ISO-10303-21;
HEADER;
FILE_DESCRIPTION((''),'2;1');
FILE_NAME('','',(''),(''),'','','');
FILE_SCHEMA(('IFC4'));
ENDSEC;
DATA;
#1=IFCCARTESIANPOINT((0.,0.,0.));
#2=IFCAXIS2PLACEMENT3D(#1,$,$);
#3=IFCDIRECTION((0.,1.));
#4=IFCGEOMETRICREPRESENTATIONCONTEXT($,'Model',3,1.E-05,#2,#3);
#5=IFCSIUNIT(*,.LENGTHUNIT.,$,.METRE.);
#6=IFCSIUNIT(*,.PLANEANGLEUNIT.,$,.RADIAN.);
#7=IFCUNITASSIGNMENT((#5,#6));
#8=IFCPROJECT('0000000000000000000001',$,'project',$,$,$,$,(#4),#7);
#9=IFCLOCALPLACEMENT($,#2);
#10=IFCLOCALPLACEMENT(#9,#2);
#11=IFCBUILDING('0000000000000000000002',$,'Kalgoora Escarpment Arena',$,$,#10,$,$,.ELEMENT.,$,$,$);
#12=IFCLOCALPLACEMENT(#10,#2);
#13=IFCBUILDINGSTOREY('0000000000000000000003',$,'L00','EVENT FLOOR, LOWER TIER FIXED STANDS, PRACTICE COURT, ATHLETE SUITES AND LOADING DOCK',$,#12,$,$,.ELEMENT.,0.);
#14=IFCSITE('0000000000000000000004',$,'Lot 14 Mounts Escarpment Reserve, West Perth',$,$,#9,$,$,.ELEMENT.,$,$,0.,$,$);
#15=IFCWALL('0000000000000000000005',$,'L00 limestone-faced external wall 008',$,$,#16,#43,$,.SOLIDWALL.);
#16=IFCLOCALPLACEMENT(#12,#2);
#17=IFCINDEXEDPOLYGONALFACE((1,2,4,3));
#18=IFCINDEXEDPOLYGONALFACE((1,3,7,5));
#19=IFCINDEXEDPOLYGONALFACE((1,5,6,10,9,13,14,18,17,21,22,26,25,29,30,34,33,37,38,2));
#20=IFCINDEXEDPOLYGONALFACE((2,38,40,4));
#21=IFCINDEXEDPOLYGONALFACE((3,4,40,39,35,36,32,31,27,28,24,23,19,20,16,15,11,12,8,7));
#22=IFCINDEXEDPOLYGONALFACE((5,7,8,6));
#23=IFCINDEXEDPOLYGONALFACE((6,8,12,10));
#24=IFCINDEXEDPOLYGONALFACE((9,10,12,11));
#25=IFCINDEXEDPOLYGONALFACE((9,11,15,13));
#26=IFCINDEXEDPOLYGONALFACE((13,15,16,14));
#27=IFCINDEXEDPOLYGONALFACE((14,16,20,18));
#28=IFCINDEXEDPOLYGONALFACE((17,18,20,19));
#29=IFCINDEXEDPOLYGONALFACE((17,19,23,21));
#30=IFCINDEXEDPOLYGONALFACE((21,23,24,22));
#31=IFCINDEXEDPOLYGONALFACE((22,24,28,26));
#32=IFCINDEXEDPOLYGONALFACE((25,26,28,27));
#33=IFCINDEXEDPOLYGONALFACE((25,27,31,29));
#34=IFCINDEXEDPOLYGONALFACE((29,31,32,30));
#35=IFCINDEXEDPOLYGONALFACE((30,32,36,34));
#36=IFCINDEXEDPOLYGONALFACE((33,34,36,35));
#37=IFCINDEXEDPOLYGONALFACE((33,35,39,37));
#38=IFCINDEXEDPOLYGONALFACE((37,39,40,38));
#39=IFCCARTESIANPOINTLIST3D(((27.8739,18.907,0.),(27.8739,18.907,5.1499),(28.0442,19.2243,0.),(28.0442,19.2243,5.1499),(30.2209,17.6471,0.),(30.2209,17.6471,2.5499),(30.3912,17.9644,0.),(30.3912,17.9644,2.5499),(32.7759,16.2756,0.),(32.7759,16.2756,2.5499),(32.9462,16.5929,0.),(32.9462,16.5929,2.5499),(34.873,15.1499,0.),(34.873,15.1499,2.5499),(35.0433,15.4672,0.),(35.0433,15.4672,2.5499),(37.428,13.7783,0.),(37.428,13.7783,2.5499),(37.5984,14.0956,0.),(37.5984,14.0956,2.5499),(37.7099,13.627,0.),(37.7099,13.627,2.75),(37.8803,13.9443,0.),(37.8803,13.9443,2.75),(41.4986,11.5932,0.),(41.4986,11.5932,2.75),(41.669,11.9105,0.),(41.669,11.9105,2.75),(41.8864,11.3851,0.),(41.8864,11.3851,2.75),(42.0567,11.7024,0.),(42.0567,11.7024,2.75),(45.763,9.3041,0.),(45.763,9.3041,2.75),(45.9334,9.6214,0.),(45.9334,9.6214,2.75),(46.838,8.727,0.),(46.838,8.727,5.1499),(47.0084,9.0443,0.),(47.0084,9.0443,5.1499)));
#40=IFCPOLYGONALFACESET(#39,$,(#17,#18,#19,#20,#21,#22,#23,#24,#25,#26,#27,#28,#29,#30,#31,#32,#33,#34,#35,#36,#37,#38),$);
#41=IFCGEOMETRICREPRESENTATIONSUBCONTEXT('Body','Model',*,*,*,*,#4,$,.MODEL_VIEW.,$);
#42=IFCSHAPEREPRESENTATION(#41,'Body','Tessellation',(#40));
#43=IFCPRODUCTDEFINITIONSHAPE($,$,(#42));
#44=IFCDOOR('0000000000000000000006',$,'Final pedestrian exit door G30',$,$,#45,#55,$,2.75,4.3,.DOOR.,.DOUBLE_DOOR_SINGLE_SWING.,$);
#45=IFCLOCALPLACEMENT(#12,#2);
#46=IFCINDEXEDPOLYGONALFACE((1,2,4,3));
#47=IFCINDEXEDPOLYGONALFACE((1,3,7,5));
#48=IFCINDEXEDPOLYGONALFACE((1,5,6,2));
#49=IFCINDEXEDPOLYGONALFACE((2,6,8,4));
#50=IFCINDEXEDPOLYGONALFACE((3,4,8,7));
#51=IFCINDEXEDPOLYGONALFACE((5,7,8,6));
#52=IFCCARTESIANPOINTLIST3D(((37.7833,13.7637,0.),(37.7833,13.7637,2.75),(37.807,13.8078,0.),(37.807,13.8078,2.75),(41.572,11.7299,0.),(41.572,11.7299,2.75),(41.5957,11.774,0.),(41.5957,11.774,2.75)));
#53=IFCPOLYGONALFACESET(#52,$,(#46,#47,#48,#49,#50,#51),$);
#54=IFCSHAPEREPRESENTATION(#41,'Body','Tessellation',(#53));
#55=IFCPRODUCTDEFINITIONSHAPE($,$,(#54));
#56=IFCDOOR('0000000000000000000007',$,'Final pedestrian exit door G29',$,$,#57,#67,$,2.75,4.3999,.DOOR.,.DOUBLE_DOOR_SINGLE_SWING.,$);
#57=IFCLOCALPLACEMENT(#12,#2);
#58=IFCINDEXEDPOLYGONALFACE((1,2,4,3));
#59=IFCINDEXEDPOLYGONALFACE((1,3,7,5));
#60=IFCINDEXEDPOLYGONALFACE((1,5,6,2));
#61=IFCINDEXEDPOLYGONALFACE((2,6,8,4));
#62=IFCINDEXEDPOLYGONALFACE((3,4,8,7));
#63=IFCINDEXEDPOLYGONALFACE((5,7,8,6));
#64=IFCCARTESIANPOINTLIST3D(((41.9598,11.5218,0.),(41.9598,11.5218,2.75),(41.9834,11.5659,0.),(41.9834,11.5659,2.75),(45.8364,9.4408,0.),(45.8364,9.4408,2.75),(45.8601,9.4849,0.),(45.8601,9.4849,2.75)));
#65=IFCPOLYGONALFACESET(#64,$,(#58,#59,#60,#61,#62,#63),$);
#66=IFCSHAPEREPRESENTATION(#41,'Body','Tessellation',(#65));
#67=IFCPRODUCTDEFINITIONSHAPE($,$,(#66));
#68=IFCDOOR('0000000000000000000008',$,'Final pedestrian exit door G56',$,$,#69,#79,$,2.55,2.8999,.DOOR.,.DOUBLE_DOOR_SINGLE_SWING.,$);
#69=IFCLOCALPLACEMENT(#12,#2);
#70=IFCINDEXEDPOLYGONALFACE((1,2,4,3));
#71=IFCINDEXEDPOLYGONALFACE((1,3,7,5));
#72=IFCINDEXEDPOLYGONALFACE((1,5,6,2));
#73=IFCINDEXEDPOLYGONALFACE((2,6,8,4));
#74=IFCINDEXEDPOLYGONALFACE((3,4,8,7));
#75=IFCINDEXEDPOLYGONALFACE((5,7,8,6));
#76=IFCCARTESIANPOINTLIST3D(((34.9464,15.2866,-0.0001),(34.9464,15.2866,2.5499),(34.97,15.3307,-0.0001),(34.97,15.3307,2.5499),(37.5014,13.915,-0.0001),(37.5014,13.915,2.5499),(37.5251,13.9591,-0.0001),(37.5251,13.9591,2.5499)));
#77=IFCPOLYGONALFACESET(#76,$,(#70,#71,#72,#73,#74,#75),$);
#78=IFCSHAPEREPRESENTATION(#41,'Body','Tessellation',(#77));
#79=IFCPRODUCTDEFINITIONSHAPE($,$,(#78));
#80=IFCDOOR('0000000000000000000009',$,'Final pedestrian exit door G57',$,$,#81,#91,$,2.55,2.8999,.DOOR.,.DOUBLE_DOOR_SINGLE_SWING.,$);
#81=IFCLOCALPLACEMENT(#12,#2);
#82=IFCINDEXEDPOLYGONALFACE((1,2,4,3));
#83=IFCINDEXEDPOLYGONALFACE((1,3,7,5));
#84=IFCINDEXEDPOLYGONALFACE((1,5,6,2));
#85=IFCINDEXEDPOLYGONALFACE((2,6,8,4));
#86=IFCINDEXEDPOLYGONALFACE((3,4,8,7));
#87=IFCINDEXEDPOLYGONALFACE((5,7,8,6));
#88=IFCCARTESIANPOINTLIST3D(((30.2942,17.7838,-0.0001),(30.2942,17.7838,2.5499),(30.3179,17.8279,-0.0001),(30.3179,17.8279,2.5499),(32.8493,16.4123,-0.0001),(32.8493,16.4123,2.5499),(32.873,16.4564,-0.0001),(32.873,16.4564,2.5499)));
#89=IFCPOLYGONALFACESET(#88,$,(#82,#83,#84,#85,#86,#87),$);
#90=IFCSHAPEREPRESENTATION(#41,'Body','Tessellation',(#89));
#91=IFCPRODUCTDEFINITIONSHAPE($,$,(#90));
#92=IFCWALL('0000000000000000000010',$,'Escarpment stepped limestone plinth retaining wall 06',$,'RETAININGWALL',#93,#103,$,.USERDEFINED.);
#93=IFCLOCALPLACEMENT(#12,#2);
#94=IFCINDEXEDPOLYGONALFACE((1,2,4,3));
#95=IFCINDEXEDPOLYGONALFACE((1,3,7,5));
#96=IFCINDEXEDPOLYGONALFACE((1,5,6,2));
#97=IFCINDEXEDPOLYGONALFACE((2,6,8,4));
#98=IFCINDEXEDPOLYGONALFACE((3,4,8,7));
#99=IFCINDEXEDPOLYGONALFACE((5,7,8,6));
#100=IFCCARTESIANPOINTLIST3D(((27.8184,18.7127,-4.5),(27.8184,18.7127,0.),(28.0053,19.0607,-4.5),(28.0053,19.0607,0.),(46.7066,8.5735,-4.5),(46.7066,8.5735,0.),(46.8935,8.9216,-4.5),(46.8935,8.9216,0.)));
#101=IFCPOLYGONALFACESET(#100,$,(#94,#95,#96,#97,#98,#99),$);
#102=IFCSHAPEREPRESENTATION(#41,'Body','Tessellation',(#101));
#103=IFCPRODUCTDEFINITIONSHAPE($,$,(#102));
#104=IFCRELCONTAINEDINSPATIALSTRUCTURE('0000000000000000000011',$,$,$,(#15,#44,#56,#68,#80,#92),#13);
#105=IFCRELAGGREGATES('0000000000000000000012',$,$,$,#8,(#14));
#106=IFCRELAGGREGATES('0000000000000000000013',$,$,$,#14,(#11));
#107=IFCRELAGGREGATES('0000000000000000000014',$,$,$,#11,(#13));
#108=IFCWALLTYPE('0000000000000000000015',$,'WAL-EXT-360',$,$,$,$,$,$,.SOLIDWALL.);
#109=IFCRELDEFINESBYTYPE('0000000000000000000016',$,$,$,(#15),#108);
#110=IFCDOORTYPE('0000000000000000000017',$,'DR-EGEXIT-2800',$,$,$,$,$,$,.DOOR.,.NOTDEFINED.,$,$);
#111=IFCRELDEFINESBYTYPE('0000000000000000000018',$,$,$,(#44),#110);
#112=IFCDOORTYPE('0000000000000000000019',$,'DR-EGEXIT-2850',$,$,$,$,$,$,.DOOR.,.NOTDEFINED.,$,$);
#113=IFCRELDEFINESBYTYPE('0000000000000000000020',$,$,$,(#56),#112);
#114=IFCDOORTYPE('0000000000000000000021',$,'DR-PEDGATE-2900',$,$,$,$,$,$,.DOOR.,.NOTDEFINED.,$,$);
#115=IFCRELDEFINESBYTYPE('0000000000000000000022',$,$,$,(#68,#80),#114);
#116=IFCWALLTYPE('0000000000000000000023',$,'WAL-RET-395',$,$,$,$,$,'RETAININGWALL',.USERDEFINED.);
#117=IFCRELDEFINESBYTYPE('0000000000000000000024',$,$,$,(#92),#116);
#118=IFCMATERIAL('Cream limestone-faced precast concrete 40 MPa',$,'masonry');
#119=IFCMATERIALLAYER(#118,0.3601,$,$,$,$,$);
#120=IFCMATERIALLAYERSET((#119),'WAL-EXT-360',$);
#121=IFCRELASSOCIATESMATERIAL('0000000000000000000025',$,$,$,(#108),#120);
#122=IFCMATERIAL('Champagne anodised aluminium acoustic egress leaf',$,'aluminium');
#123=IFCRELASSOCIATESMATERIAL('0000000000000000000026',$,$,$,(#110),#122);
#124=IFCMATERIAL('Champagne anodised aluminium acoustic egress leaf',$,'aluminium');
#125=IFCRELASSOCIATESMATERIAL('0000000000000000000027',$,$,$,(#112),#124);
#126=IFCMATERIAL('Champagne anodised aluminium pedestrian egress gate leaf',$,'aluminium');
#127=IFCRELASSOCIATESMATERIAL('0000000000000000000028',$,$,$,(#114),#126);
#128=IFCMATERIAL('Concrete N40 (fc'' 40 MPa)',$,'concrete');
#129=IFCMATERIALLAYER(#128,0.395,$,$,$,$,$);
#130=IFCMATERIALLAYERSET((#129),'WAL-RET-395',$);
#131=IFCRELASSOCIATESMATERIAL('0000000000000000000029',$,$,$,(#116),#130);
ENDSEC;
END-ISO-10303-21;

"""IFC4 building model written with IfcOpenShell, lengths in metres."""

from ifc_helpers import new_model, si_unit, direction, frame, frame_2d, origin, place, context, subcontext, project, spatial, rectangle, extrude, material, layer, layer_set, type_object, element, fill, save


model = new_model("IFC4")

# Units and contexts
model_context = context("Model", 3, precision=1e-05, world=origin(), true_north=direction((0.0, 1.0)))
body_context = subcontext(model_context, "Body", "Model", "MODEL_VIEW")
ifc_project = project(units=[si_unit("LENGTHUNIT", "METRE"), si_unit("PLANEANGLEUNIT", "RADIAN")], contexts=[model_context])

# Site, building, storey
site_placement = place(None, origin())
site = spatial("IfcSite", under=ifc_project, at=site_placement, Name="Lot 14 Mounts Escarpment Reserve, West Perth", CompositionType="ELEMENT", RefElevation=0.0)
building_placement = place(site_placement, origin())
building = spatial("IfcBuilding", under=site, at=building_placement, Name="Kalgoora Escarpment Arena", CompositionType="ELEMENT")
storey_placement = place(building_placement, origin())
storey = spatial("IfcBuildingStorey", under=building, at=storey_placement, Name="L00", Description="EVENT FLOOR, LOWER TIER FIXED STANDS, PRACTICE COURT, ATHLETE SUITES AND LOADING DOCK", CompositionType="ELEMENT", Elevation=0.0)

# Wall, openings, doors
ifc_material_1 = material(Name="Cream limestone-faced precast concrete 40 MPa", Category="masonry")
ifc_layer_1 = layer(ifc_material_1, 0.3601)
ifc_layer_set_1 = layer_set([ifc_layer_1], Name="WAL-EXT-360")
wall_type_1 = type_object("IfcWallType", Name="WAL-EXT-360", PredefinedType="SOLIDWALL", material=ifc_layer_set_1)
wall_1_placement = place(storey_placement, frame((46.9231, 8.8857, 0.0), z_axis=(0.0, 0.0, 1.0), x_axis=(-0.881082, 0.472964, 0.0)))
wall_1 = element("IfcWall", 1, at=wall_1_placement, inside=storey, type_object=wall_type_1, Name="L00 limestone-faced external wall 008", PredefinedType="SOLIDWALL", context=body_context, shape_type="SweptSolid", body=[
    extrude(rectangle(XDim=21.5237, YDim=0.3601, at=frame_2d((10.7617, 0.0))), origin(), (0.0, 0.0, 1.0), 5.1499),
])
opening_1_placement = place(wall_1_placement, frame((1.22, 0.0, 0.0)))
opening_1 = element("IfcOpeningElement", 2, at=opening_1_placement, cuts=wall_1, PredefinedType="OPENING", context=body_context, shape_type="SweptSolid", body=[
    extrude(rectangle(XDim=4.3999, YDim=2.75, at=frame_2d((2.2, 1.375))), frame((0.0, 0.1899, 0.0), z_axis=(0.0, -1.0, 0.0), x_axis=(1.0, 0.0, 0.0)), (0.0, 0.0, 1.0), 0.3801),
])
opening_2_placement = place(wall_1_placement, frame((6.0601, 0.0, 0.0)))
opening_2 = element("IfcOpeningElement", 3, at=opening_2_placement, cuts=wall_1, PredefinedType="OPENING", context=body_context, shape_type="SweptSolid", body=[
    extrude(rectangle(XDim=4.3, YDim=2.75, at=frame_2d((2.1499, 1.375))), frame((0.0, 0.1899, 0.0), z_axis=(0.0, -1.0, 0.0), x_axis=(1.0, 0.0, 0.0)), (0.0, 0.0, 1.0), 0.3801),
])
opening_3_placement = place(wall_1_placement, frame((10.6799, 0.0, 0.0)))
opening_3 = element("IfcOpeningElement", 4, at=opening_3_placement, cuts=wall_1, PredefinedType="OPENING", context=body_context, shape_type="SweptSolid", body=[
    extrude(rectangle(XDim=2.8999, YDim=2.55, at=frame_2d((1.45, 1.2749))), frame((0.0, 0.1899, 0.0), z_axis=(0.0, -1.0, 0.0), x_axis=(1.0, 0.0, 0.0)), (0.0, 0.0, 1.0), 0.3801),
])
opening_4_placement = place(wall_1_placement, frame((15.96, 0.0, 0.0)))
opening_4 = element("IfcOpeningElement", 5, at=opening_4_placement, cuts=wall_1, PredefinedType="OPENING", context=body_context, shape_type="SweptSolid", body=[
    extrude(rectangle(XDim=2.8999, YDim=2.55, at=frame_2d((1.45, 1.2749))), frame((0.0, 0.1899, 0.0), z_axis=(0.0, -1.0, 0.0), x_axis=(1.0, 0.0, 0.0)), (0.0, 0.0, 1.0), 0.3801),
])
ifc_material_2 = material(Name="Champagne anodised aluminium acoustic egress leaf", Category="aluminium")
door_type_1 = type_object("IfcDoorType", Name="DR-EGEXIT-2800", OperationType="NOTDEFINED", PredefinedType="DOOR", material=ifc_material_2)
door_1_placement = place(opening_2_placement, origin())
door_1 = element("IfcDoor", 6, at=door_1_placement, inside=storey, type_object=door_type_1, Name="Final pedestrian exit door G30", OperationType="DOUBLE_DOOR_SINGLE_SWING", OverallHeight=2.75, OverallWidth=4.3, PredefinedType="DOOR", context=body_context, shape_type="SweptSolid", body=[
    extrude(rectangle(XDim=4.3, YDim=2.75, at=frame_2d((2.1499, 1.375))), frame((0.0, 0.0249, 0.0), z_axis=(0.0, -1.0, 0.0), x_axis=(1.0, 0.0, 0.0)), (0.0, 0.0, 1.0), 0.05),
])
fill(opening_2, door_1)
ifc_material_3 = material(Name="Champagne anodised aluminium acoustic egress leaf", Category="aluminium")
door_type_2 = type_object("IfcDoorType", Name="DR-EGEXIT-2850", OperationType="NOTDEFINED", PredefinedType="DOOR", material=ifc_material_3)
door_2_placement = place(opening_1_placement, origin())
door_2 = element("IfcDoor", 7, at=door_2_placement, inside=storey, type_object=door_type_2, Name="Final pedestrian exit door G29", OperationType="DOUBLE_DOOR_SINGLE_SWING", OverallHeight=2.75, OverallWidth=4.3999, PredefinedType="DOOR", context=body_context, shape_type="SweptSolid", body=[
    extrude(rectangle(XDim=4.3999, YDim=2.75, at=frame_2d((2.2, 1.375))), frame((0.0, 0.0249, 0.0), z_axis=(0.0, -1.0, 0.0), x_axis=(1.0, 0.0, 0.0)), (0.0, 0.0, 1.0), 0.05),
])
fill(opening_1, door_2)
ifc_material_4 = material(Name="Champagne anodised aluminium pedestrian egress gate leaf", Category="aluminium")
door_type_3 = type_object("IfcDoorType", Name="DR-PEDGATE-2900", OperationType="NOTDEFINED", PredefinedType="DOOR", material=ifc_material_4)
door_3_placement = place(opening_3_placement, origin())
door_3 = element("IfcDoor", 8, at=door_3_placement, inside=storey, type_object=door_type_3, Name="Final pedestrian exit door G56", OperationType="DOUBLE_DOOR_SINGLE_SWING", OverallHeight=2.55, OverallWidth=2.8999, PredefinedType="DOOR", context=body_context, shape_type="SweptSolid", body=[
    extrude(rectangle(XDim=2.8999, YDim=2.55, at=frame_2d((1.45, 1.2749))), frame((0.0, 0.0249, 0.0), z_axis=(0.0, -1.0, 0.0), x_axis=(1.0, 0.0, 0.0)), (0.0, 0.0, 1.0), 0.05),
])
fill(opening_3, door_3)
door_4_placement = place(opening_4_placement, origin())
door_4 = element("IfcDoor", 9, at=door_4_placement, inside=storey, type_object=door_type_3, Name="Final pedestrian exit door G57", OperationType="DOUBLE_DOOR_SINGLE_SWING", OverallHeight=2.55, OverallWidth=2.8999, PredefinedType="DOOR", context=body_context, shape_type="SweptSolid", body=[
    extrude(rectangle(XDim=2.8999, YDim=2.55, at=frame_2d((1.45, 1.2749))), frame((0.0, 0.0249, 0.0), z_axis=(0.0, -1.0, 0.0), x_axis=(1.0, 0.0, 0.0)), (0.0, 0.0, 1.0), 0.05),
])
fill(opening_4, door_4)

# Wall
ifc_material_5 = material(Name="Concrete N40 (fc' 40 MPa)", Category="concrete")
ifc_layer_2 = layer(ifc_material_5, 0.395)
ifc_layer_set_2 = layer_set([ifc_layer_2], Name="WAL-RET-395")
wall_type_2 = type_object("IfcWallType", Name="WAL-RET-395", ElementType="RETAININGWALL", PredefinedType="USERDEFINED", material=ifc_layer_set_2)
wall_2_placement = place(storey_placement, frame((46.8, 8.7476, -4.5), z_axis=(0.0, 0.0, 1.0), x_axis=(-0.881082, 0.472964, 0.0)))
element("IfcWall", 10, at=wall_2_placement, inside=storey, type_object=wall_type_2, Name="Escarpment stepped limestone plinth retaining wall 06", ObjectType="RETAININGWALL", PredefinedType="USERDEFINED", context=body_context, shape_type="SweptSolid", body=[
    extrude(rectangle(XDim=21.4375, YDim=0.395, at=frame_2d((10.7188, 0.0))), origin(), (0.0, 0.0, 1.0), 4.5),
])

save(model, "model.ifc")
